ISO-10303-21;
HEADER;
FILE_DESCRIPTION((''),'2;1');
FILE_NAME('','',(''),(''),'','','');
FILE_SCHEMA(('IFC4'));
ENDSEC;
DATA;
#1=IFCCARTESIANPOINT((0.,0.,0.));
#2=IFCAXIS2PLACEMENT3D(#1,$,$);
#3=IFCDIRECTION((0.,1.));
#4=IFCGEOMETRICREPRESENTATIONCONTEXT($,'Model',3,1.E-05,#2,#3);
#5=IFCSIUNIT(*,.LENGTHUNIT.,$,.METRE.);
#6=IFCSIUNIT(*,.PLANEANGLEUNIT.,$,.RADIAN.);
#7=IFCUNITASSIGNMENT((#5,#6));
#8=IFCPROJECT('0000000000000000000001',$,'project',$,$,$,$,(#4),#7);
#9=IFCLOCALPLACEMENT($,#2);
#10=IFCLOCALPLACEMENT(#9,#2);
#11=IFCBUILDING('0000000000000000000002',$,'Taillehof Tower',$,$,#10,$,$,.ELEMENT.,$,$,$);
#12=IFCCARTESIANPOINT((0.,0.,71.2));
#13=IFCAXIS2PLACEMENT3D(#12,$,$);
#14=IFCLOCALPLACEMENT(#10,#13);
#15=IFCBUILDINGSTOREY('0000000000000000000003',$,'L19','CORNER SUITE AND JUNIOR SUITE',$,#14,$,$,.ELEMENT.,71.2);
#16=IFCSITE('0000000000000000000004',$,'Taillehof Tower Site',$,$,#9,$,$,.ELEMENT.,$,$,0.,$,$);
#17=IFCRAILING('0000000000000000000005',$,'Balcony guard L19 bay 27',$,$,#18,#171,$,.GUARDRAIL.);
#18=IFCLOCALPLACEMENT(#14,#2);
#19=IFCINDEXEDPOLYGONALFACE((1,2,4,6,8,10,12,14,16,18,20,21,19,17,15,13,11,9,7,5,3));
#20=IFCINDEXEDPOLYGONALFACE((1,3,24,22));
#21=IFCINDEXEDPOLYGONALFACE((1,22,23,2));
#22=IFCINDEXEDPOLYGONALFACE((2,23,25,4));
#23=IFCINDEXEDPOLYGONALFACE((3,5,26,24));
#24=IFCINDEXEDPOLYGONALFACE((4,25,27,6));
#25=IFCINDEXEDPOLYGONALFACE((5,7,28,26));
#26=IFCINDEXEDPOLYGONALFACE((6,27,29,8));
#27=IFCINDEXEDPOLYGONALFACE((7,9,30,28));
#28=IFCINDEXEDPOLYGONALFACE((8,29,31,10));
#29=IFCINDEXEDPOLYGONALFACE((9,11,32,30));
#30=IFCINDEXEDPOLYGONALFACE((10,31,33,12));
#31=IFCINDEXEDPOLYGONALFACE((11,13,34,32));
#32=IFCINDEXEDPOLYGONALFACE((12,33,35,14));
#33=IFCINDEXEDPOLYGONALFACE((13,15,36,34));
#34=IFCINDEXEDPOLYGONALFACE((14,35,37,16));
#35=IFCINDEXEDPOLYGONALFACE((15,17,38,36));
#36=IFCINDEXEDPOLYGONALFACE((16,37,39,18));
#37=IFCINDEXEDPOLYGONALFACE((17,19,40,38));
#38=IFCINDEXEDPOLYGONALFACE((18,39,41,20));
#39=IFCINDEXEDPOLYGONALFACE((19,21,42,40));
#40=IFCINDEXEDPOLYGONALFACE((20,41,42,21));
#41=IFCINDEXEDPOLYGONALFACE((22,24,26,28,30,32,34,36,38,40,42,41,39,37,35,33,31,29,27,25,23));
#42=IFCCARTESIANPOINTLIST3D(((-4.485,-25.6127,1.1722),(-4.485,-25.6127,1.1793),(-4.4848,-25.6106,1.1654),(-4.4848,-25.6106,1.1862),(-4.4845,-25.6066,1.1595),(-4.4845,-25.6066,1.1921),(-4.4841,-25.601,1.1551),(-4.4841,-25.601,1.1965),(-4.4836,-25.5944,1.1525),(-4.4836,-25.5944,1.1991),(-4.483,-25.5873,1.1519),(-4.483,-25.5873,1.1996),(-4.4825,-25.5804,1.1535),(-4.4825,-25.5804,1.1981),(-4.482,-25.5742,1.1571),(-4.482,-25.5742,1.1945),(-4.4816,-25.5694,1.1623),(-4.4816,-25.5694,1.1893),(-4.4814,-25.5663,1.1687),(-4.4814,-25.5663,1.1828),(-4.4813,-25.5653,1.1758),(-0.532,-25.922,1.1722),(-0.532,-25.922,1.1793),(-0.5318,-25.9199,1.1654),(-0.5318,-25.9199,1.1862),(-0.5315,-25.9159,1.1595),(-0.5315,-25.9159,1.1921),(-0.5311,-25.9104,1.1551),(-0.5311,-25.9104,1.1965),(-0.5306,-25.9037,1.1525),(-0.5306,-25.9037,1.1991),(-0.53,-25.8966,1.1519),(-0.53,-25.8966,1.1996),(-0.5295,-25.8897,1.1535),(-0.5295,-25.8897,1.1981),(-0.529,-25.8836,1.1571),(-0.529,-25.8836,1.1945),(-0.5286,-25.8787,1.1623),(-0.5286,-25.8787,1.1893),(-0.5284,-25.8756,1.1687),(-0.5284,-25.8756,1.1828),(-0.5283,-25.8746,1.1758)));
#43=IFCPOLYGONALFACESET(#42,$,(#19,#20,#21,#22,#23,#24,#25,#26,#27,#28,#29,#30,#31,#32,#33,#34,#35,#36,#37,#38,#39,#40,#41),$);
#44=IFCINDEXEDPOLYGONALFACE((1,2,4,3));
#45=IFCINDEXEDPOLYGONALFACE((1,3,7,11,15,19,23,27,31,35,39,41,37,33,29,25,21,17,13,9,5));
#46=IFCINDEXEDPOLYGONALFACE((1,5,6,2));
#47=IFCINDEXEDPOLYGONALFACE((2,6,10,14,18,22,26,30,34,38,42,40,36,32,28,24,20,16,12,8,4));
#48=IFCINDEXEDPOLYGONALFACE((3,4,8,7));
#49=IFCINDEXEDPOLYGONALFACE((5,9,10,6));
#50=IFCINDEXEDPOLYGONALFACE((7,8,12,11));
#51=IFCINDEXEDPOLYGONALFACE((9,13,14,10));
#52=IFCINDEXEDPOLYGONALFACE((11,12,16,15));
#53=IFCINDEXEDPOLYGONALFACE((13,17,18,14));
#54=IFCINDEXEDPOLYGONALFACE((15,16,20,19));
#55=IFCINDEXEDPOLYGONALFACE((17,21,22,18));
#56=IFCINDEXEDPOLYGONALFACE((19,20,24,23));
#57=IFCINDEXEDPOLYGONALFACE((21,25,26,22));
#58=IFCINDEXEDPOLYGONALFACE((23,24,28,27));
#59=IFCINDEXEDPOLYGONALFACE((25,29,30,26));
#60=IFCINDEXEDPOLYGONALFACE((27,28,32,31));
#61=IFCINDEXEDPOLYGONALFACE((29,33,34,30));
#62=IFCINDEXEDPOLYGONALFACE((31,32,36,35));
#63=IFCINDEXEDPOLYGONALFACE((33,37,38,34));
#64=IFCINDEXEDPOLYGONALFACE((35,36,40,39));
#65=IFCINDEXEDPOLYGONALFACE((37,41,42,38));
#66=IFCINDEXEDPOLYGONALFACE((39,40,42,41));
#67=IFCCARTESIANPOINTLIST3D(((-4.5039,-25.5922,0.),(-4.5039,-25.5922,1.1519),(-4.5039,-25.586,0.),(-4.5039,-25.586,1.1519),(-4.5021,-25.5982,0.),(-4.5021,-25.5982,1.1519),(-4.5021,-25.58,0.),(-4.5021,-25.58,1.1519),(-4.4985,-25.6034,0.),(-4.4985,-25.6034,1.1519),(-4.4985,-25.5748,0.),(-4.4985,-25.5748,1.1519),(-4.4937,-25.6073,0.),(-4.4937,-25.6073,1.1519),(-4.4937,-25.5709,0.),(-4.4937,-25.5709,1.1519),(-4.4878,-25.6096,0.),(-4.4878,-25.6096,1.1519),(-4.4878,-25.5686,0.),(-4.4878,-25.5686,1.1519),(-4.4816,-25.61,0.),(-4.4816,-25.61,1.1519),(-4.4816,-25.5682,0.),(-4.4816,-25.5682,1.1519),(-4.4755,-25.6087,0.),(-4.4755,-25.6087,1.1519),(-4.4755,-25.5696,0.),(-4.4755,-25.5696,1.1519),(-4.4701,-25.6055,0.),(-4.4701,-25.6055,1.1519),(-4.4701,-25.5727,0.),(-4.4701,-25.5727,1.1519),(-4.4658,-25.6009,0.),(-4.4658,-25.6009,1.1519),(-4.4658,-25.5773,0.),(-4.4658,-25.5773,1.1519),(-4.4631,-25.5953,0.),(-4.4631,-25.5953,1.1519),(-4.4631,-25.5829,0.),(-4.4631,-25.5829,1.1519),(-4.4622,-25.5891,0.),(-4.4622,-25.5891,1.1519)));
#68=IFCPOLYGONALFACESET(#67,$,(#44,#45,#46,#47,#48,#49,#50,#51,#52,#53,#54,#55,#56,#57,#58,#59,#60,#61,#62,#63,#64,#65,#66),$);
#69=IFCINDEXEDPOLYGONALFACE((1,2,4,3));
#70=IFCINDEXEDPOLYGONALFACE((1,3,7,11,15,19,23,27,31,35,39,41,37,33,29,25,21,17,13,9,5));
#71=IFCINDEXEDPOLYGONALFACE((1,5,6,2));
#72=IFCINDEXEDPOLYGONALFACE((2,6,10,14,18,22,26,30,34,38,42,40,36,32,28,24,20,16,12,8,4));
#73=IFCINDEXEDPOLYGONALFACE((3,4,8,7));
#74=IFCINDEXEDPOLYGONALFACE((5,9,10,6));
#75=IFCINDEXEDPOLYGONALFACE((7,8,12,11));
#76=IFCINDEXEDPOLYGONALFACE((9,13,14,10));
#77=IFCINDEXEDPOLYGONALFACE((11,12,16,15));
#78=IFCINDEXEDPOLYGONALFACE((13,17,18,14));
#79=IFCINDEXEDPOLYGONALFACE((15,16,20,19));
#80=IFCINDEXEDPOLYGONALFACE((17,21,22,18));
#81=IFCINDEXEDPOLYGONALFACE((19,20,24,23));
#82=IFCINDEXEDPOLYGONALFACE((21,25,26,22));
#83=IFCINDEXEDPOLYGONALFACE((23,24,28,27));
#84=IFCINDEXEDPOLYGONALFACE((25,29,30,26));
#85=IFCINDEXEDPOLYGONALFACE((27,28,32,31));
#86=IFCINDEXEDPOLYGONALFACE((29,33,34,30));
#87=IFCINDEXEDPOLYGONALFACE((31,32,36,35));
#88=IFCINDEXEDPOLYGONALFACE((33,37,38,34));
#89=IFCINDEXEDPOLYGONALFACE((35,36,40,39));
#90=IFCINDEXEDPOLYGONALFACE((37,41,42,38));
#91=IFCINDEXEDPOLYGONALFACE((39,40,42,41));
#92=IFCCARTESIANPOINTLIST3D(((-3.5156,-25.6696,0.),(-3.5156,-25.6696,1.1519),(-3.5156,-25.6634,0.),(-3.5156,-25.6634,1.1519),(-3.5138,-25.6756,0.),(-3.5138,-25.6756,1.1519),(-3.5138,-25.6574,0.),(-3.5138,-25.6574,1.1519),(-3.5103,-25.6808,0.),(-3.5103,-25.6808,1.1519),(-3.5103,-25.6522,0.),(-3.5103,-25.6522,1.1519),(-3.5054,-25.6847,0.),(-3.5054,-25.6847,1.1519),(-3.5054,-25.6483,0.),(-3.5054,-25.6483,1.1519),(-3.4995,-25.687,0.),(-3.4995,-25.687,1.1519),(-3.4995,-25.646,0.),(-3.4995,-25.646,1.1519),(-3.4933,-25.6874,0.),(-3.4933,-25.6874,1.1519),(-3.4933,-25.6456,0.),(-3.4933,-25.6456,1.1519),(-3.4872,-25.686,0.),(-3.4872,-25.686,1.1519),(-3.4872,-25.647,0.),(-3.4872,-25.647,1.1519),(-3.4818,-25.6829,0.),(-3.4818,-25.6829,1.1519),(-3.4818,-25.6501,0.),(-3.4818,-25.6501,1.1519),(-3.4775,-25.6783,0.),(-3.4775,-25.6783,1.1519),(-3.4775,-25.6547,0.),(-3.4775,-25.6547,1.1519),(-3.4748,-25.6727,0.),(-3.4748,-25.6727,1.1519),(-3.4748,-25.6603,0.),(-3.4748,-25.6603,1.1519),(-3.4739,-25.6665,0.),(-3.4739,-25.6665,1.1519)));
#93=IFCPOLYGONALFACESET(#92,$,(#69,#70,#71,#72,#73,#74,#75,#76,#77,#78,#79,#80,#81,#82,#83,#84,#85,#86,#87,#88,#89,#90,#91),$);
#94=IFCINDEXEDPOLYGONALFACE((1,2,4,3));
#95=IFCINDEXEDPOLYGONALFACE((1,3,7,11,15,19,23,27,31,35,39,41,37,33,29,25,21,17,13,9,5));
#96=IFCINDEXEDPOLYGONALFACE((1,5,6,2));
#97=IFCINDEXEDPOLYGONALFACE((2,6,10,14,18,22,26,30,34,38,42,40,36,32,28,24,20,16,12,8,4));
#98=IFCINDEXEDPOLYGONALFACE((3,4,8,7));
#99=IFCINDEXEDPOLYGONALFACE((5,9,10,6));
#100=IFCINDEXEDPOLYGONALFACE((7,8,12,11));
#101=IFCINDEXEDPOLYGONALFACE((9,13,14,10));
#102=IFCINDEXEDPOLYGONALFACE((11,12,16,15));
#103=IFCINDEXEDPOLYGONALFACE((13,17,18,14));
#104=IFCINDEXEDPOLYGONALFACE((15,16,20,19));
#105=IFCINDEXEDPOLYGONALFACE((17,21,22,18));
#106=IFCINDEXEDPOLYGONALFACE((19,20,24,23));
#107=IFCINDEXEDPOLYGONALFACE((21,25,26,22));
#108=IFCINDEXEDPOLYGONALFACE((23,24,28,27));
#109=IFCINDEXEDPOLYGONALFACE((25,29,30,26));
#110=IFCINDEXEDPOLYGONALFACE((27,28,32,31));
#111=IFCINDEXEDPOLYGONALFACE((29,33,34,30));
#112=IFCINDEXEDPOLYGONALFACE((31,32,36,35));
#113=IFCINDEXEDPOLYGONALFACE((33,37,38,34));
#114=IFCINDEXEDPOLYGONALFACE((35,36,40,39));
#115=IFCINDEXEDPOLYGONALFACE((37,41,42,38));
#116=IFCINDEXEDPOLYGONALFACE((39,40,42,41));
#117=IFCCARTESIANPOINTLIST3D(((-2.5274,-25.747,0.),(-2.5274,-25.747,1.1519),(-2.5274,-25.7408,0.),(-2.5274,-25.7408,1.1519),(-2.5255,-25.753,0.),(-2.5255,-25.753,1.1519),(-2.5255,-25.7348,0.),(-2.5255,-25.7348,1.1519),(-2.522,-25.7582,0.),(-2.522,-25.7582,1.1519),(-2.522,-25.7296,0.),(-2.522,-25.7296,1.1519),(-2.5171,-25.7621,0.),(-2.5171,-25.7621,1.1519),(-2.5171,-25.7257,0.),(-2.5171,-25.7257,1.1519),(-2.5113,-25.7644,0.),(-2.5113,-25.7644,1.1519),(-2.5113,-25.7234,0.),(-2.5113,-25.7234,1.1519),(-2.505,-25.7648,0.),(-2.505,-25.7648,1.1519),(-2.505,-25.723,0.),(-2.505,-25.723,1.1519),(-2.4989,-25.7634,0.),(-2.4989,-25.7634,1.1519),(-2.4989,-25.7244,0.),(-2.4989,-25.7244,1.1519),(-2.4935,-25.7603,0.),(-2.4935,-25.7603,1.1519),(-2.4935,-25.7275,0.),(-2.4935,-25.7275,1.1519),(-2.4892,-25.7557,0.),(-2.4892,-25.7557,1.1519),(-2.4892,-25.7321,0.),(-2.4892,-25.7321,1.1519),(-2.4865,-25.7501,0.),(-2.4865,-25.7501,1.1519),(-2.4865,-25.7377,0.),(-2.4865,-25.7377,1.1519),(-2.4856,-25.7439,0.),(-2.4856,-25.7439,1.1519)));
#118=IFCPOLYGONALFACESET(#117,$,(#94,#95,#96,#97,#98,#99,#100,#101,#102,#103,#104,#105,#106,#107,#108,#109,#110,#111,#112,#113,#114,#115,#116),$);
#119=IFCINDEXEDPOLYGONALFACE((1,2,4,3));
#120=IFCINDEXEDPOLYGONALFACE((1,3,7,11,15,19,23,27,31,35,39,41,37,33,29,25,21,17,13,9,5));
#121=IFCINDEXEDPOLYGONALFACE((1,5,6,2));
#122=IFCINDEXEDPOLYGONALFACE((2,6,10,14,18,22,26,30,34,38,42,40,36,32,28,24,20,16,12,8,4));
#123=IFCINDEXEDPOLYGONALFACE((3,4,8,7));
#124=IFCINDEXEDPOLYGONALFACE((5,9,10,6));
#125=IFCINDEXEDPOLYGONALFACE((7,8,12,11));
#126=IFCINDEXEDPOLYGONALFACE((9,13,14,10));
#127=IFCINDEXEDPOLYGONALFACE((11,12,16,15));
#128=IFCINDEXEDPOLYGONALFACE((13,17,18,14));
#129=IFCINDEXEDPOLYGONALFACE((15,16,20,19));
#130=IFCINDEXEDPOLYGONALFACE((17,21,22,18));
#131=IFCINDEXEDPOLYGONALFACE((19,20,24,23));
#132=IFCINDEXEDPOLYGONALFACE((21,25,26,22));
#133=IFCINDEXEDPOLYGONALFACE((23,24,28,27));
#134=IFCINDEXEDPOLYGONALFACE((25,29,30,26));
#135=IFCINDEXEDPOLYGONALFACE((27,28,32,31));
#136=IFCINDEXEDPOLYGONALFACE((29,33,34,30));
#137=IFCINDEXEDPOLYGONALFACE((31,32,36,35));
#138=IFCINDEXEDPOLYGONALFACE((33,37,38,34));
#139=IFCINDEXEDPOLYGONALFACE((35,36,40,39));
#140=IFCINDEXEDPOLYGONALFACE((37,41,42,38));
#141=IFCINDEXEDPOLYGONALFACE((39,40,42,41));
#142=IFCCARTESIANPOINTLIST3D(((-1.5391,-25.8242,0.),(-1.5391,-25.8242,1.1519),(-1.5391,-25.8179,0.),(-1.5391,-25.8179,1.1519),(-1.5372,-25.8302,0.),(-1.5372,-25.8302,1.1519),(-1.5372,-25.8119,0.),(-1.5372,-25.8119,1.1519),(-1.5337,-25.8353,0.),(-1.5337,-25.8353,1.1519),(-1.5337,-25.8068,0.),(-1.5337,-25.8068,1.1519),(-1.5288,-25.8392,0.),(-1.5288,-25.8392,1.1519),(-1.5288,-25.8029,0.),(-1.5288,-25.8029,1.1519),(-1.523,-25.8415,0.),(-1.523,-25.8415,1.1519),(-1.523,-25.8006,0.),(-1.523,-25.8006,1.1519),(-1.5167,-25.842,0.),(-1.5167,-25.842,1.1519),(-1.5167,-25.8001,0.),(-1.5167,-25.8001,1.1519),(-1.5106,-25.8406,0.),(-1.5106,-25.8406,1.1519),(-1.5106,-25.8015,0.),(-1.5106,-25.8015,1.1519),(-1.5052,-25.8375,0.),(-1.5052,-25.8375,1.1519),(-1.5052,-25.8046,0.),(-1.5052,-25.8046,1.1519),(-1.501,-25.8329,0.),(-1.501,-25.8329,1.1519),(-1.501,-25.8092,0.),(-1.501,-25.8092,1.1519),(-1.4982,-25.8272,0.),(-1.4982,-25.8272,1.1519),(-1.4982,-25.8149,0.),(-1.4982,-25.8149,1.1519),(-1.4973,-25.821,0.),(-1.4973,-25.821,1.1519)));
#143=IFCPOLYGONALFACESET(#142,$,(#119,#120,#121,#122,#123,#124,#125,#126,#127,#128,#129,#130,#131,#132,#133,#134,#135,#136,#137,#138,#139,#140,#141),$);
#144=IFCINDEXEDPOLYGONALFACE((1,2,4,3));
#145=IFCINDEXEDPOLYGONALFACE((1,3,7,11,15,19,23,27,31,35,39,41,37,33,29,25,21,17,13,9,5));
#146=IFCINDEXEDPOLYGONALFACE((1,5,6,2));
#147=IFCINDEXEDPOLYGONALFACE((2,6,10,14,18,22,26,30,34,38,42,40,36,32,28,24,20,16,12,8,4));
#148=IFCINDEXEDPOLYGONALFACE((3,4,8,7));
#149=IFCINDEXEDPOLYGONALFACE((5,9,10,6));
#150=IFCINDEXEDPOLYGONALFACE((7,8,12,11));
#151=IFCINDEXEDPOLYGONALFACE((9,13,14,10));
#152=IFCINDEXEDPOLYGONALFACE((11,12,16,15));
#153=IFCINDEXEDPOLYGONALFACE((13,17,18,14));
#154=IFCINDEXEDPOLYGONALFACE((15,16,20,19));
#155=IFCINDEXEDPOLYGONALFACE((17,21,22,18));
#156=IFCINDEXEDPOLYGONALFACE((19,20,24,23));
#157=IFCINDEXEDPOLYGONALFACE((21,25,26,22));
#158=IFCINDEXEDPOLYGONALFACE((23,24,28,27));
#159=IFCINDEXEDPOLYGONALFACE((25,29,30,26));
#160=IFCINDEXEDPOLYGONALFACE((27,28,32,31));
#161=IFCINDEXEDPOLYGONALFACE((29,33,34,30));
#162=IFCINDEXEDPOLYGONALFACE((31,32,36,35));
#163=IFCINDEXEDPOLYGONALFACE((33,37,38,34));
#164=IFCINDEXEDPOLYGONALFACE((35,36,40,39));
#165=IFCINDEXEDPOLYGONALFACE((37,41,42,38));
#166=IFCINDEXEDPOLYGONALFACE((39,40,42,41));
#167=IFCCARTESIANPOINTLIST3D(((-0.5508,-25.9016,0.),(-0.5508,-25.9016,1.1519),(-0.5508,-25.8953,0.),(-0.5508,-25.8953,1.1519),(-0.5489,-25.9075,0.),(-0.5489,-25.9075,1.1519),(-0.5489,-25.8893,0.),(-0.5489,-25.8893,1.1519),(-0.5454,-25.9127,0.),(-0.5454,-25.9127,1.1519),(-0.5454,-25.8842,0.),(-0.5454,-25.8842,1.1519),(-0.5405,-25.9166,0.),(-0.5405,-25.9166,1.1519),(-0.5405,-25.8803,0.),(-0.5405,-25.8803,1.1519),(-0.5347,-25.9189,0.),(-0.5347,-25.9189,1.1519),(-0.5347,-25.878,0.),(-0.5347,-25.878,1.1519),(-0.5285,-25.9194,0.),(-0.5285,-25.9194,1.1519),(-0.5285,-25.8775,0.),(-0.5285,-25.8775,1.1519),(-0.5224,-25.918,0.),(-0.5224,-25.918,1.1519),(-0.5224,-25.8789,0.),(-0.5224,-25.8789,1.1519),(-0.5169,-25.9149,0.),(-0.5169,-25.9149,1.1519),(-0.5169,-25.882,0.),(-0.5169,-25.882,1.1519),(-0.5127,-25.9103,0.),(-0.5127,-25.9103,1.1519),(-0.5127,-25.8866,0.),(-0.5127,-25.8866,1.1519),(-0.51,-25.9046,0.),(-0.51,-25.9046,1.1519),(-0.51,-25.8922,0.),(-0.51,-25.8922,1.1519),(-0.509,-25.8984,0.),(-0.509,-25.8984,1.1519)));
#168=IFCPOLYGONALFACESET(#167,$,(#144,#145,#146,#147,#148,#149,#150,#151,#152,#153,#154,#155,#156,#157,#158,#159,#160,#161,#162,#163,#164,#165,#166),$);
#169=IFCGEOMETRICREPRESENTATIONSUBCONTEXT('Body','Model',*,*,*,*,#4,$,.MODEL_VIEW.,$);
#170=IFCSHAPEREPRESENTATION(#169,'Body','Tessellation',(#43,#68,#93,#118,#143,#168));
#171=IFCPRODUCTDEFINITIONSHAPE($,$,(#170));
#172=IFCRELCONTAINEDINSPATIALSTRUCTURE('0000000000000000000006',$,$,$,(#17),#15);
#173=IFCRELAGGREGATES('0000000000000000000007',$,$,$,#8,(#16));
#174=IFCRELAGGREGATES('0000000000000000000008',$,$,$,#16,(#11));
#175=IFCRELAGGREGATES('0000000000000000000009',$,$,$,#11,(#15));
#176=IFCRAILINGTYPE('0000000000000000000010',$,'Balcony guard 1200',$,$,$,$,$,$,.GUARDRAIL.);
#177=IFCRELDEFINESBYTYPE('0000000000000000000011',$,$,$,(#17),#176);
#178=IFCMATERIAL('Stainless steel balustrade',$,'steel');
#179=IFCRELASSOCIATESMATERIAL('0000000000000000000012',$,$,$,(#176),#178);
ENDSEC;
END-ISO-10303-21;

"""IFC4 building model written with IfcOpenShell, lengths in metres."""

from ifc_helpers import new_model, si_unit, direction, frame, origin, origin_2d, place, context, subcontext, project, spatial, circle, extrude, material, type_object, element, save


model = new_model("IFC4")

# Units and contexts
model_context = context("Model", 3, precision=1e-05, world=origin(), true_north=direction((0.0, 1.0)))
body_context = subcontext(model_context, "Body", "Model", "MODEL_VIEW")
ifc_project = project(units=[si_unit("LENGTHUNIT", "METRE"), si_unit("PLANEANGLEUNIT", "RADIAN")], contexts=[model_context])

# Site, building, storey
site_placement = place(None, origin())
site = spatial("IfcSite", under=ifc_project, at=site_placement, Name="Taillehof Tower Site", CompositionType="ELEMENT", RefElevation=0.0)
building_placement = place(site_placement, origin())
building = spatial("IfcBuilding", under=site, at=building_placement, Name="Taillehof Tower", CompositionType="ELEMENT")
storey_placement = place(building_placement, frame((0.0, 0.0, 71.2)))
storey = spatial("IfcBuildingStorey", under=building, at=storey_placement, Name="L19", Description="CORNER SUITE AND JUNIOR SUITE", CompositionType="ELEMENT", Elevation=71.2)

# Railing
ifc_material_1 = material(Name="Stainless steel balustrade", Category="steel")
railing_type = type_object("IfcRailingType", Name="Balcony guard 1200", PredefinedType="GUARDRAIL", material=ifc_material_1)
railing_placement = place(storey_placement, frame((-4.4832, -25.5891, 0.0)))
element("IfcRailing", 1, at=railing_placement, inside=storey, type_object=railing_type, Name="Balcony guard L19 bay 27", PredefinedType="GUARDRAIL", context=body_context, shape_type="SweptSolid", body=[
    extrude(circle(Radius=0.0239, at=origin_2d()), frame((0.0, 0.0, 1.1758), z_axis=(0.996953, -0.07801, 0.0), x_axis=(0.07801, 0.996953, 0.0)), (0.0, 0.0, 1.0), 3.9651),
    extrude(circle(Radius=0.021, at=origin_2d()), origin(), (0.0, 0.0, 1.0), 1.1519),
    extrude(circle(Radius=0.021, at=origin_2d()), frame((0.9883, -0.0774, 0.0)), (0.0, 0.0, 1.0), 1.1519),
    extrude(circle(Radius=0.021, at=origin_2d()), frame((1.9766, -0.1548, 0.0)), (0.0, 0.0, 1.0), 1.1519),
    extrude(circle(Radius=0.021, at=origin_2d()), frame((2.9648, -0.2319, 0.0)), (0.0, 0.0, 1.0), 1.1519),
    extrude(circle(Radius=0.021, at=origin_2d()), frame((3.9531, -0.3093, 0.0)), (0.0, 0.0, 1.0), 1.1519),
])

save(model, "model.ifc")
